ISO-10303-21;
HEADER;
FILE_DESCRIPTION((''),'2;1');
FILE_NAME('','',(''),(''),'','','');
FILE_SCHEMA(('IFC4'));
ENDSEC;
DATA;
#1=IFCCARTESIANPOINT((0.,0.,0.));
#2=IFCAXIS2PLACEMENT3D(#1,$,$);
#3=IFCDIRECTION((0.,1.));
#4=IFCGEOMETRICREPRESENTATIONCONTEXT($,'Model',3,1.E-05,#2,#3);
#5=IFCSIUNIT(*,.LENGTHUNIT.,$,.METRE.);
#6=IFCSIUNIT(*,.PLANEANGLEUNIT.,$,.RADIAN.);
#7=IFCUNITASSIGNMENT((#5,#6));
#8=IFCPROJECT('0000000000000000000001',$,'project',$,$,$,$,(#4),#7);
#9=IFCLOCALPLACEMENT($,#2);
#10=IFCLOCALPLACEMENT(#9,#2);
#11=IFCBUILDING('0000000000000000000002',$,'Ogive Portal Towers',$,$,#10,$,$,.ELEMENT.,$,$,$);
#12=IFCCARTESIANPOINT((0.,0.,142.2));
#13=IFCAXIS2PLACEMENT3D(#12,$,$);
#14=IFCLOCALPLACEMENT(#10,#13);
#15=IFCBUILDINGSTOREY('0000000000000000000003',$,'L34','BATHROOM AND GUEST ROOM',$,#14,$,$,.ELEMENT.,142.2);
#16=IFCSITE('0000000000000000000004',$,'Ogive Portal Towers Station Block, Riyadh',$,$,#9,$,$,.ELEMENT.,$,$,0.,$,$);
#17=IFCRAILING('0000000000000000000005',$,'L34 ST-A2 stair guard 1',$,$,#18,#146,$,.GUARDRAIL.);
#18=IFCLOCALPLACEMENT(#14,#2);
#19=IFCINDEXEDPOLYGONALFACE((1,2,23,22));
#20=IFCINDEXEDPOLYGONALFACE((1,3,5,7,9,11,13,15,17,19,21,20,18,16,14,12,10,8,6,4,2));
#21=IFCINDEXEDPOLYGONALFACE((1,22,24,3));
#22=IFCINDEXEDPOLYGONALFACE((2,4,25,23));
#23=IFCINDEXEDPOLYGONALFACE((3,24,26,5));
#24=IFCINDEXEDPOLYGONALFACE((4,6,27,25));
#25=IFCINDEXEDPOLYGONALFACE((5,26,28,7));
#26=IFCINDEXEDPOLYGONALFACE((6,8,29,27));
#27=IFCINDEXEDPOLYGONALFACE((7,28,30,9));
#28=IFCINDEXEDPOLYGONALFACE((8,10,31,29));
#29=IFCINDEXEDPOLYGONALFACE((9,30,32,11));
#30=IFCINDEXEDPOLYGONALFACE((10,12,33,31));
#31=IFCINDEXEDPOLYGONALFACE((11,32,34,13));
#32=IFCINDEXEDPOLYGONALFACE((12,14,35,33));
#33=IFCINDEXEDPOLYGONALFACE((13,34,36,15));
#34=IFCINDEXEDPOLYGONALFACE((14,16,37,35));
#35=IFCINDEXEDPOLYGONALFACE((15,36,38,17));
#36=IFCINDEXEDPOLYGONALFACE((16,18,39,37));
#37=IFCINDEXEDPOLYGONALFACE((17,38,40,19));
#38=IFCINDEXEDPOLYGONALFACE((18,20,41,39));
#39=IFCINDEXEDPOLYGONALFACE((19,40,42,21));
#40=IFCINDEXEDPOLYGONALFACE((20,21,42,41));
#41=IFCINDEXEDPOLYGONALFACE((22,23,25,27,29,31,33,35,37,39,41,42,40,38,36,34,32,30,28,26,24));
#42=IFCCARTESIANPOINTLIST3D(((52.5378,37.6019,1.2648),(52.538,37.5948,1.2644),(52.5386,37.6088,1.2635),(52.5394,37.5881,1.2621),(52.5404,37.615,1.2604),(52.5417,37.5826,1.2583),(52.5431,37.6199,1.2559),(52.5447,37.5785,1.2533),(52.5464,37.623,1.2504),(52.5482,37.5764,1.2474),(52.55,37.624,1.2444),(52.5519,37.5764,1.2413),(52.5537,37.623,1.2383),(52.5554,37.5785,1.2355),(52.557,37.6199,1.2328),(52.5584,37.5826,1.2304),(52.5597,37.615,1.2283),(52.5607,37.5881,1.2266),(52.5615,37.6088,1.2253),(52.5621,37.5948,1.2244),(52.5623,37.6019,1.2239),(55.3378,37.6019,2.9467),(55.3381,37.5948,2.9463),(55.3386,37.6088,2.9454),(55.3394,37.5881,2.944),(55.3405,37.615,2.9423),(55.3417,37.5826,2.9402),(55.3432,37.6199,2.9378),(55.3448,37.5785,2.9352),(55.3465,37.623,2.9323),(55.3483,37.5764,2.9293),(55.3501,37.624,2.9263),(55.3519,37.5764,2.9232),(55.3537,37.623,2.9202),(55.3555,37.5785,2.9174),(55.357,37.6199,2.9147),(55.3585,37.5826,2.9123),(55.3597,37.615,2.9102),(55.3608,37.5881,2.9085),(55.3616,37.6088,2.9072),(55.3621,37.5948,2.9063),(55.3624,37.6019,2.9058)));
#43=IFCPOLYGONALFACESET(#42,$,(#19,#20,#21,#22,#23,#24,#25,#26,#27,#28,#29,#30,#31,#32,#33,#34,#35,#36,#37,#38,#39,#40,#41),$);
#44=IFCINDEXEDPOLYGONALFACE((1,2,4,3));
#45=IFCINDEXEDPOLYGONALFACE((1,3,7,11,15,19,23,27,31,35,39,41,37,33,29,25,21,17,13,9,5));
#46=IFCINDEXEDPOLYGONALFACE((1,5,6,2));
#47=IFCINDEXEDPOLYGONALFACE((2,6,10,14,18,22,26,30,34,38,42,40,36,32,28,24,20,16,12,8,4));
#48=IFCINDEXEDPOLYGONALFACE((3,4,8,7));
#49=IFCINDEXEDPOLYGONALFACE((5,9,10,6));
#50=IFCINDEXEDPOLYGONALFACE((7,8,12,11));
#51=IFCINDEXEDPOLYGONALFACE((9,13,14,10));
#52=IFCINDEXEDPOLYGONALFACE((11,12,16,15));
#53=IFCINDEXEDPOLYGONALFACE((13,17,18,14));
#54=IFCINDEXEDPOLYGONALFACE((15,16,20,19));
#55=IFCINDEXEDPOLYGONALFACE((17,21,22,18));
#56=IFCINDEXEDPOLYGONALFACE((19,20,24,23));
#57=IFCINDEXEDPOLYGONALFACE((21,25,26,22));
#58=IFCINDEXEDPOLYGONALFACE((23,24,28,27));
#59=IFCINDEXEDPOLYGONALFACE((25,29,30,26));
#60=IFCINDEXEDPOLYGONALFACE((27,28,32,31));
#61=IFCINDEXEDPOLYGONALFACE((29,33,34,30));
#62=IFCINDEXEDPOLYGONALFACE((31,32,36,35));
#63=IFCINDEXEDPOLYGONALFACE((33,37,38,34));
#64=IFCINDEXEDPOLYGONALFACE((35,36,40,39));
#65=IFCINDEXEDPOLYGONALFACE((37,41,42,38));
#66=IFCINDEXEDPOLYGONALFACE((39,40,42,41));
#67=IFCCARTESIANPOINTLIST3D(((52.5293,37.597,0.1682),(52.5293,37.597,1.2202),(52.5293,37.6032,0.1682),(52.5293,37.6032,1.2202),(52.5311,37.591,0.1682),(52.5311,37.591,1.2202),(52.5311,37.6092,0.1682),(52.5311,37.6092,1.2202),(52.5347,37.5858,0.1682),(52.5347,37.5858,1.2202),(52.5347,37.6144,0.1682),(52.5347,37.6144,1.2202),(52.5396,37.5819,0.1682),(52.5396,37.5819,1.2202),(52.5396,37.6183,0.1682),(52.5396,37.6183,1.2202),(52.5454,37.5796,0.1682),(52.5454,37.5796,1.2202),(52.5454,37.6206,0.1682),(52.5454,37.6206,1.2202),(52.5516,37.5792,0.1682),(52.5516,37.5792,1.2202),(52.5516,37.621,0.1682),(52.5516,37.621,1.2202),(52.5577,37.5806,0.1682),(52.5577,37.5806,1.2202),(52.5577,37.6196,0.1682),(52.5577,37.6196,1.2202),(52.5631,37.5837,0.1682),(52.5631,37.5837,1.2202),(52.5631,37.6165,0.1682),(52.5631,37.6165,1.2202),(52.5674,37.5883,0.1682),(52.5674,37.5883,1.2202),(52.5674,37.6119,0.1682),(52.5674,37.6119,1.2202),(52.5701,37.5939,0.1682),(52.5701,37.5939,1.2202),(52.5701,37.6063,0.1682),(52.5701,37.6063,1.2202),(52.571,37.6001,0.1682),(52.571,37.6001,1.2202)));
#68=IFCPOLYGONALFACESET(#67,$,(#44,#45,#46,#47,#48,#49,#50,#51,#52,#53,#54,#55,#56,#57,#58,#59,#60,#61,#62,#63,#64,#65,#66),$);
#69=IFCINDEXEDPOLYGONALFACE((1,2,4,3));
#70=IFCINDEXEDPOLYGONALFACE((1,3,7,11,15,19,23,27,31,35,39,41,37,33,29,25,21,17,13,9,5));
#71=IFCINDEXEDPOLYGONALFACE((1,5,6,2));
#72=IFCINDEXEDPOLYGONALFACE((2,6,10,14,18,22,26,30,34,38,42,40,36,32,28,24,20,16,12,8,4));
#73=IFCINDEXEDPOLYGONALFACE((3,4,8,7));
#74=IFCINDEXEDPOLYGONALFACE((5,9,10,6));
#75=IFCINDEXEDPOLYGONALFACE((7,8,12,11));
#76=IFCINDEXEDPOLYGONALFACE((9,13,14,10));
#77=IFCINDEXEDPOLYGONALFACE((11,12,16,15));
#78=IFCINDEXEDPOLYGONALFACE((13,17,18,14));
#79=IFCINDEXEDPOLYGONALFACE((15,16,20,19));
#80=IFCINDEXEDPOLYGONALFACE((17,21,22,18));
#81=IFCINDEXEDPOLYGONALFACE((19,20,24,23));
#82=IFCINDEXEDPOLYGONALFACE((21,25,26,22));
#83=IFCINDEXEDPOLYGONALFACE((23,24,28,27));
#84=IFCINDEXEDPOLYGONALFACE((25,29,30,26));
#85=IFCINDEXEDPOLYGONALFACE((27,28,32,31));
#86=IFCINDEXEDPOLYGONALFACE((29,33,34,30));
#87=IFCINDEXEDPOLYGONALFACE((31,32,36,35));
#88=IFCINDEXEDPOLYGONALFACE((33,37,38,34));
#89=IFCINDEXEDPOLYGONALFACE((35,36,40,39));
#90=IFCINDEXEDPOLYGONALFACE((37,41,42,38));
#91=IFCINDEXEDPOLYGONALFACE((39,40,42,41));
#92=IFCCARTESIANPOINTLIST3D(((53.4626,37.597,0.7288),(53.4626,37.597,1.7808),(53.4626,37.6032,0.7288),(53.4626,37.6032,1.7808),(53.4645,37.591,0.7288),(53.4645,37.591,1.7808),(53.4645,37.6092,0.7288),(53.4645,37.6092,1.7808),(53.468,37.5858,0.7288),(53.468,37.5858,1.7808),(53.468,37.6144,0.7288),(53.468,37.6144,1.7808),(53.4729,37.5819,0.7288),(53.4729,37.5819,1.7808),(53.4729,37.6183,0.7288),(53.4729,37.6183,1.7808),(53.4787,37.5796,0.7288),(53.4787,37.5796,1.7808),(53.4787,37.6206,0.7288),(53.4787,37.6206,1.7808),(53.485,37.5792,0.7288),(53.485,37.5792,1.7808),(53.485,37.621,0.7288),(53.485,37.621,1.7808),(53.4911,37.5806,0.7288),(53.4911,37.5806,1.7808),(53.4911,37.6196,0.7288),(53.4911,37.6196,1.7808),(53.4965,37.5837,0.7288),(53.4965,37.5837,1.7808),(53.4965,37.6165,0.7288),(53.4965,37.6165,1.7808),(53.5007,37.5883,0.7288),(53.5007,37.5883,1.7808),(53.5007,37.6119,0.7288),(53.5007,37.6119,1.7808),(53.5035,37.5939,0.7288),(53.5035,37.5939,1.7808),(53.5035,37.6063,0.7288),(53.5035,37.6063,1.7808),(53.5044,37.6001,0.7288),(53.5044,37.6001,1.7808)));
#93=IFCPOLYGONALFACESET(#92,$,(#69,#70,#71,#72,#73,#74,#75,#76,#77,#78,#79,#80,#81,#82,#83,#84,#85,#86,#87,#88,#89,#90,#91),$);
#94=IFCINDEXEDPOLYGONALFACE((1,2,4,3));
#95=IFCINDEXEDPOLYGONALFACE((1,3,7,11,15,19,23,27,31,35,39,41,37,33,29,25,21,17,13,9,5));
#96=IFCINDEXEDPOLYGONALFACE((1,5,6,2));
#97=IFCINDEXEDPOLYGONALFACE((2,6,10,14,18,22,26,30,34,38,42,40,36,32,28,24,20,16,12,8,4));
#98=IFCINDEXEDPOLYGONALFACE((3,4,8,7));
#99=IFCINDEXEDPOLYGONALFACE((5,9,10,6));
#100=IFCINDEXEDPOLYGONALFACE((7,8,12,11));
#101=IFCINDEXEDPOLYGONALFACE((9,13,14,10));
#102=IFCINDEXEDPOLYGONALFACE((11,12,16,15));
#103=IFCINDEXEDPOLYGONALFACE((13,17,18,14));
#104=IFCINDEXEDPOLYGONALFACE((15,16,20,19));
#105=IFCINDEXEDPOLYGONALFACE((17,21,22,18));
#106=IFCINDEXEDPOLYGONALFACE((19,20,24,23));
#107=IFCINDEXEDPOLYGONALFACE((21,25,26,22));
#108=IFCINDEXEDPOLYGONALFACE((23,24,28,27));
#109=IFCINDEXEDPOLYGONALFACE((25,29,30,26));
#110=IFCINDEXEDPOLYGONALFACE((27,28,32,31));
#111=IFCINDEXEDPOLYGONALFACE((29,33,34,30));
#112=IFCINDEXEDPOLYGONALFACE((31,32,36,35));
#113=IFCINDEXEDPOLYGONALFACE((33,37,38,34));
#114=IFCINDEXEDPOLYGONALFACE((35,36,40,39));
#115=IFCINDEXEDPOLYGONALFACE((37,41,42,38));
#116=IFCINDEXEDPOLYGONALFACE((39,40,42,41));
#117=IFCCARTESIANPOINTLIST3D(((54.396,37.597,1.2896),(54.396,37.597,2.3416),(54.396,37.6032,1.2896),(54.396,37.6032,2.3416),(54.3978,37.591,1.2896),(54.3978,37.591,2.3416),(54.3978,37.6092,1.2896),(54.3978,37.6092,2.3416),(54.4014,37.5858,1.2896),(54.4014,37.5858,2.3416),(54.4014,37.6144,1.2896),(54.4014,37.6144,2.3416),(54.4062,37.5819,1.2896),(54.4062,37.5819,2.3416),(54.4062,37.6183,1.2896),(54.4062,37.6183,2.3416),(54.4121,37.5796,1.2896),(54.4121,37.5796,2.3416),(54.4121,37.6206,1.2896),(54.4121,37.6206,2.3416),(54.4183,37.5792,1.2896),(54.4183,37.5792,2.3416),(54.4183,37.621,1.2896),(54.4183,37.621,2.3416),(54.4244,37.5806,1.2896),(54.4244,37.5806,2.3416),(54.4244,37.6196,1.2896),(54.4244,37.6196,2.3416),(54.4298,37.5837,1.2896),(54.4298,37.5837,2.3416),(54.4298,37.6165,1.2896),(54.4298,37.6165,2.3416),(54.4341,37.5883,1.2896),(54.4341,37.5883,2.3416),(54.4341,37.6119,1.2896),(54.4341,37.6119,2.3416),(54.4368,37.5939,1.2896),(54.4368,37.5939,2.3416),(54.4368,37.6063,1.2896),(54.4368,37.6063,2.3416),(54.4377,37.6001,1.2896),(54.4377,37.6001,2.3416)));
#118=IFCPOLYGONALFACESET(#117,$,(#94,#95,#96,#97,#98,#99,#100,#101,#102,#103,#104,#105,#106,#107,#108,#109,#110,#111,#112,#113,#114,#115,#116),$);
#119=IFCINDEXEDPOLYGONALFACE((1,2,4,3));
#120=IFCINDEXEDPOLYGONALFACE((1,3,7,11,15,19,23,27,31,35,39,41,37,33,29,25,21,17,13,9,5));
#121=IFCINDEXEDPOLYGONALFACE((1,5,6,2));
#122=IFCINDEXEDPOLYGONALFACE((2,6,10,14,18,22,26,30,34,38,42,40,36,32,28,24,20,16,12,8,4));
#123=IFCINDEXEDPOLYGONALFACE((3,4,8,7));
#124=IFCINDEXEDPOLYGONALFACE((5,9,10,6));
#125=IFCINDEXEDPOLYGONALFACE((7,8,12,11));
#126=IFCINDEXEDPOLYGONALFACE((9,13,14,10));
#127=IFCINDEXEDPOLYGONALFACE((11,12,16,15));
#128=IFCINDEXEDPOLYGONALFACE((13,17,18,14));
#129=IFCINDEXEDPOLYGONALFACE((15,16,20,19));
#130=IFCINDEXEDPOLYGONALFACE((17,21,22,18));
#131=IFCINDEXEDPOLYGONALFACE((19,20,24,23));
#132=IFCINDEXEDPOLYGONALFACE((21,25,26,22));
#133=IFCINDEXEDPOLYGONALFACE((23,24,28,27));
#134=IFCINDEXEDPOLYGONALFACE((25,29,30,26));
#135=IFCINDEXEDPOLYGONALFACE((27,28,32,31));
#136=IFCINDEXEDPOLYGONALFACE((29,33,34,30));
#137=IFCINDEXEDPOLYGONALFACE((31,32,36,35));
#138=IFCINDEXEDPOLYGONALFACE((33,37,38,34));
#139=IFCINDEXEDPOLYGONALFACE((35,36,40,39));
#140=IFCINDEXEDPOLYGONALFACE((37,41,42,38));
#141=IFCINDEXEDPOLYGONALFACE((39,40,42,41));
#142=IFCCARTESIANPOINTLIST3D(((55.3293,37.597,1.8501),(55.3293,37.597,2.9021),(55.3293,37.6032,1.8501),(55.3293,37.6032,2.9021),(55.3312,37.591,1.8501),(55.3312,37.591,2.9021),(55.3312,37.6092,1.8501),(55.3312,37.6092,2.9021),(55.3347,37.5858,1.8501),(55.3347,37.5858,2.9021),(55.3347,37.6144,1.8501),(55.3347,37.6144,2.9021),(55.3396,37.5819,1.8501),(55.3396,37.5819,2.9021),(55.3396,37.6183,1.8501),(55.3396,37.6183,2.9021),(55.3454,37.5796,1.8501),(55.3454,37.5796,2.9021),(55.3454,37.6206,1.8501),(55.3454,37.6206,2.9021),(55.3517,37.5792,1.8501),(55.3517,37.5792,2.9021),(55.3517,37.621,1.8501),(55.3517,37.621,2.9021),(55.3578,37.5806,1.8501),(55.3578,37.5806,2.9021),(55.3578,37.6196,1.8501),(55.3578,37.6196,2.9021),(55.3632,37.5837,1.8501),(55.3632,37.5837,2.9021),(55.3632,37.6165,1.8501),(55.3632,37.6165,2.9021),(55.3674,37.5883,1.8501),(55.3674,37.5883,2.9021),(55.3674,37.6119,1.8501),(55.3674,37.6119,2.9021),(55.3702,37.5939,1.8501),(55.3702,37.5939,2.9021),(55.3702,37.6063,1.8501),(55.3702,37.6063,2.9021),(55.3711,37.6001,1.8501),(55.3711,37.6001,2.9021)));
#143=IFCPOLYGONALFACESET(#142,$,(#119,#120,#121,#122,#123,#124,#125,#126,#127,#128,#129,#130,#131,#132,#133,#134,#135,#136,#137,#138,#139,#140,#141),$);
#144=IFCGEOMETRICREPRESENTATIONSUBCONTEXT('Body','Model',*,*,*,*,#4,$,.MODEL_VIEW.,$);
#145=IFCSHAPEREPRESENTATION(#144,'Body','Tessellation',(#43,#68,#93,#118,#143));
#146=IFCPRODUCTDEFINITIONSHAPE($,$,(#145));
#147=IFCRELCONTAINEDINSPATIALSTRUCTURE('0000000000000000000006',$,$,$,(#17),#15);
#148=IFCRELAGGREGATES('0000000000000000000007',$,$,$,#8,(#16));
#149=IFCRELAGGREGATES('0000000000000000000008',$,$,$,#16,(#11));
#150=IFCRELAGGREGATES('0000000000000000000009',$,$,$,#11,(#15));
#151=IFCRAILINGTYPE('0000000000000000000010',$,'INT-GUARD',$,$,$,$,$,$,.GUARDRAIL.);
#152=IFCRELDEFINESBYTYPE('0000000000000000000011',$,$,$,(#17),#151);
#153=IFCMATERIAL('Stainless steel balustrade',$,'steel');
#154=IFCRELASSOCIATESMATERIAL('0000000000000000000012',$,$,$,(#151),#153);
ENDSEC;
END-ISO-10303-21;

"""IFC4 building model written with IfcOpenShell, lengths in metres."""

from ifc_helpers import new_model, si_unit, direction, frame, origin, origin_2d, place, context, subcontext, project, spatial, circle, extrude, material, type_object, element, save


model = new_model("IFC4")

# Units and contexts
model_context = context("Model", 3, precision=1e-05, world=origin(), true_north=direction((0.0, 1.0)))
body_context = subcontext(model_context, "Body", "Model", "MODEL_VIEW")
ifc_project = project(units=[si_unit("LENGTHUNIT", "METRE"), si_unit("PLANEANGLEUNIT", "RADIAN")], contexts=[model_context])

# Site, building, storey
site_placement = place(None, origin())
site = spatial("IfcSite", under=ifc_project, at=site_placement, Name="Ogive Portal Towers Station Block, Riyadh", CompositionType="ELEMENT", RefElevation=0.0)
building_placement = place(site_placement, origin())
building = spatial("IfcBuilding", under=site, at=building_placement, Name="Ogive Portal Towers", CompositionType="ELEMENT")
storey_placement = place(building_placement, frame((0.0, 0.0, 142.2)))
storey = spatial("IfcBuildingStorey", under=building, at=storey_placement, Name="L34", Description="BATHROOM AND GUEST ROOM", CompositionType="ELEMENT", Elevation=142.2)

# Railing
ifc_material_1 = material(Name="Stainless steel balustrade", Category="steel")
railing_type_1 = type_object("IfcRailingType", Name="INT-GUARD", PredefinedType="GUARDRAIL", material=ifc_material_1)
railing_1_placement = place(storey_placement, frame((52.55, 37.6001, 0.1682)))
element("IfcRailing", 1, at=railing_1_placement, inside=storey, type_object=railing_type_1, Name="L34 ST-A2 stair guard 1", PredefinedType="GUARDRAIL", context=body_context, shape_type="SweptSolid", body=[
    extrude(circle(Radius=0.0239, at=origin_2d()), frame((0.0, 0.0, 1.0762), z_axis=(0.857242, 0.0, 0.514913), x_axis=(0.0, 1.0, 0.0)), (0.0, 0.0, 1.0), 3.2664),
    extrude(circle(Radius=0.021, at=origin_2d()), origin(), (0.0, 0.0, 1.0), 1.052),
    extrude(circle(Radius=0.021, at=origin_2d()), frame((0.9333, 0.0, 0.5605)), (0.0, 0.0, 1.0), 1.052),
    extrude(circle(Radius=0.021, at=origin_2d()), frame((1.8667, 0.0, 1.1213)), (0.0, 0.0, 1.0), 1.052),
    extrude(circle(Radius=0.021, at=origin_2d()), frame((2.8, 0.0, 1.6819)), (0.0, 0.0, 1.0), 1.052),
])

save(model, "model.ifc")
